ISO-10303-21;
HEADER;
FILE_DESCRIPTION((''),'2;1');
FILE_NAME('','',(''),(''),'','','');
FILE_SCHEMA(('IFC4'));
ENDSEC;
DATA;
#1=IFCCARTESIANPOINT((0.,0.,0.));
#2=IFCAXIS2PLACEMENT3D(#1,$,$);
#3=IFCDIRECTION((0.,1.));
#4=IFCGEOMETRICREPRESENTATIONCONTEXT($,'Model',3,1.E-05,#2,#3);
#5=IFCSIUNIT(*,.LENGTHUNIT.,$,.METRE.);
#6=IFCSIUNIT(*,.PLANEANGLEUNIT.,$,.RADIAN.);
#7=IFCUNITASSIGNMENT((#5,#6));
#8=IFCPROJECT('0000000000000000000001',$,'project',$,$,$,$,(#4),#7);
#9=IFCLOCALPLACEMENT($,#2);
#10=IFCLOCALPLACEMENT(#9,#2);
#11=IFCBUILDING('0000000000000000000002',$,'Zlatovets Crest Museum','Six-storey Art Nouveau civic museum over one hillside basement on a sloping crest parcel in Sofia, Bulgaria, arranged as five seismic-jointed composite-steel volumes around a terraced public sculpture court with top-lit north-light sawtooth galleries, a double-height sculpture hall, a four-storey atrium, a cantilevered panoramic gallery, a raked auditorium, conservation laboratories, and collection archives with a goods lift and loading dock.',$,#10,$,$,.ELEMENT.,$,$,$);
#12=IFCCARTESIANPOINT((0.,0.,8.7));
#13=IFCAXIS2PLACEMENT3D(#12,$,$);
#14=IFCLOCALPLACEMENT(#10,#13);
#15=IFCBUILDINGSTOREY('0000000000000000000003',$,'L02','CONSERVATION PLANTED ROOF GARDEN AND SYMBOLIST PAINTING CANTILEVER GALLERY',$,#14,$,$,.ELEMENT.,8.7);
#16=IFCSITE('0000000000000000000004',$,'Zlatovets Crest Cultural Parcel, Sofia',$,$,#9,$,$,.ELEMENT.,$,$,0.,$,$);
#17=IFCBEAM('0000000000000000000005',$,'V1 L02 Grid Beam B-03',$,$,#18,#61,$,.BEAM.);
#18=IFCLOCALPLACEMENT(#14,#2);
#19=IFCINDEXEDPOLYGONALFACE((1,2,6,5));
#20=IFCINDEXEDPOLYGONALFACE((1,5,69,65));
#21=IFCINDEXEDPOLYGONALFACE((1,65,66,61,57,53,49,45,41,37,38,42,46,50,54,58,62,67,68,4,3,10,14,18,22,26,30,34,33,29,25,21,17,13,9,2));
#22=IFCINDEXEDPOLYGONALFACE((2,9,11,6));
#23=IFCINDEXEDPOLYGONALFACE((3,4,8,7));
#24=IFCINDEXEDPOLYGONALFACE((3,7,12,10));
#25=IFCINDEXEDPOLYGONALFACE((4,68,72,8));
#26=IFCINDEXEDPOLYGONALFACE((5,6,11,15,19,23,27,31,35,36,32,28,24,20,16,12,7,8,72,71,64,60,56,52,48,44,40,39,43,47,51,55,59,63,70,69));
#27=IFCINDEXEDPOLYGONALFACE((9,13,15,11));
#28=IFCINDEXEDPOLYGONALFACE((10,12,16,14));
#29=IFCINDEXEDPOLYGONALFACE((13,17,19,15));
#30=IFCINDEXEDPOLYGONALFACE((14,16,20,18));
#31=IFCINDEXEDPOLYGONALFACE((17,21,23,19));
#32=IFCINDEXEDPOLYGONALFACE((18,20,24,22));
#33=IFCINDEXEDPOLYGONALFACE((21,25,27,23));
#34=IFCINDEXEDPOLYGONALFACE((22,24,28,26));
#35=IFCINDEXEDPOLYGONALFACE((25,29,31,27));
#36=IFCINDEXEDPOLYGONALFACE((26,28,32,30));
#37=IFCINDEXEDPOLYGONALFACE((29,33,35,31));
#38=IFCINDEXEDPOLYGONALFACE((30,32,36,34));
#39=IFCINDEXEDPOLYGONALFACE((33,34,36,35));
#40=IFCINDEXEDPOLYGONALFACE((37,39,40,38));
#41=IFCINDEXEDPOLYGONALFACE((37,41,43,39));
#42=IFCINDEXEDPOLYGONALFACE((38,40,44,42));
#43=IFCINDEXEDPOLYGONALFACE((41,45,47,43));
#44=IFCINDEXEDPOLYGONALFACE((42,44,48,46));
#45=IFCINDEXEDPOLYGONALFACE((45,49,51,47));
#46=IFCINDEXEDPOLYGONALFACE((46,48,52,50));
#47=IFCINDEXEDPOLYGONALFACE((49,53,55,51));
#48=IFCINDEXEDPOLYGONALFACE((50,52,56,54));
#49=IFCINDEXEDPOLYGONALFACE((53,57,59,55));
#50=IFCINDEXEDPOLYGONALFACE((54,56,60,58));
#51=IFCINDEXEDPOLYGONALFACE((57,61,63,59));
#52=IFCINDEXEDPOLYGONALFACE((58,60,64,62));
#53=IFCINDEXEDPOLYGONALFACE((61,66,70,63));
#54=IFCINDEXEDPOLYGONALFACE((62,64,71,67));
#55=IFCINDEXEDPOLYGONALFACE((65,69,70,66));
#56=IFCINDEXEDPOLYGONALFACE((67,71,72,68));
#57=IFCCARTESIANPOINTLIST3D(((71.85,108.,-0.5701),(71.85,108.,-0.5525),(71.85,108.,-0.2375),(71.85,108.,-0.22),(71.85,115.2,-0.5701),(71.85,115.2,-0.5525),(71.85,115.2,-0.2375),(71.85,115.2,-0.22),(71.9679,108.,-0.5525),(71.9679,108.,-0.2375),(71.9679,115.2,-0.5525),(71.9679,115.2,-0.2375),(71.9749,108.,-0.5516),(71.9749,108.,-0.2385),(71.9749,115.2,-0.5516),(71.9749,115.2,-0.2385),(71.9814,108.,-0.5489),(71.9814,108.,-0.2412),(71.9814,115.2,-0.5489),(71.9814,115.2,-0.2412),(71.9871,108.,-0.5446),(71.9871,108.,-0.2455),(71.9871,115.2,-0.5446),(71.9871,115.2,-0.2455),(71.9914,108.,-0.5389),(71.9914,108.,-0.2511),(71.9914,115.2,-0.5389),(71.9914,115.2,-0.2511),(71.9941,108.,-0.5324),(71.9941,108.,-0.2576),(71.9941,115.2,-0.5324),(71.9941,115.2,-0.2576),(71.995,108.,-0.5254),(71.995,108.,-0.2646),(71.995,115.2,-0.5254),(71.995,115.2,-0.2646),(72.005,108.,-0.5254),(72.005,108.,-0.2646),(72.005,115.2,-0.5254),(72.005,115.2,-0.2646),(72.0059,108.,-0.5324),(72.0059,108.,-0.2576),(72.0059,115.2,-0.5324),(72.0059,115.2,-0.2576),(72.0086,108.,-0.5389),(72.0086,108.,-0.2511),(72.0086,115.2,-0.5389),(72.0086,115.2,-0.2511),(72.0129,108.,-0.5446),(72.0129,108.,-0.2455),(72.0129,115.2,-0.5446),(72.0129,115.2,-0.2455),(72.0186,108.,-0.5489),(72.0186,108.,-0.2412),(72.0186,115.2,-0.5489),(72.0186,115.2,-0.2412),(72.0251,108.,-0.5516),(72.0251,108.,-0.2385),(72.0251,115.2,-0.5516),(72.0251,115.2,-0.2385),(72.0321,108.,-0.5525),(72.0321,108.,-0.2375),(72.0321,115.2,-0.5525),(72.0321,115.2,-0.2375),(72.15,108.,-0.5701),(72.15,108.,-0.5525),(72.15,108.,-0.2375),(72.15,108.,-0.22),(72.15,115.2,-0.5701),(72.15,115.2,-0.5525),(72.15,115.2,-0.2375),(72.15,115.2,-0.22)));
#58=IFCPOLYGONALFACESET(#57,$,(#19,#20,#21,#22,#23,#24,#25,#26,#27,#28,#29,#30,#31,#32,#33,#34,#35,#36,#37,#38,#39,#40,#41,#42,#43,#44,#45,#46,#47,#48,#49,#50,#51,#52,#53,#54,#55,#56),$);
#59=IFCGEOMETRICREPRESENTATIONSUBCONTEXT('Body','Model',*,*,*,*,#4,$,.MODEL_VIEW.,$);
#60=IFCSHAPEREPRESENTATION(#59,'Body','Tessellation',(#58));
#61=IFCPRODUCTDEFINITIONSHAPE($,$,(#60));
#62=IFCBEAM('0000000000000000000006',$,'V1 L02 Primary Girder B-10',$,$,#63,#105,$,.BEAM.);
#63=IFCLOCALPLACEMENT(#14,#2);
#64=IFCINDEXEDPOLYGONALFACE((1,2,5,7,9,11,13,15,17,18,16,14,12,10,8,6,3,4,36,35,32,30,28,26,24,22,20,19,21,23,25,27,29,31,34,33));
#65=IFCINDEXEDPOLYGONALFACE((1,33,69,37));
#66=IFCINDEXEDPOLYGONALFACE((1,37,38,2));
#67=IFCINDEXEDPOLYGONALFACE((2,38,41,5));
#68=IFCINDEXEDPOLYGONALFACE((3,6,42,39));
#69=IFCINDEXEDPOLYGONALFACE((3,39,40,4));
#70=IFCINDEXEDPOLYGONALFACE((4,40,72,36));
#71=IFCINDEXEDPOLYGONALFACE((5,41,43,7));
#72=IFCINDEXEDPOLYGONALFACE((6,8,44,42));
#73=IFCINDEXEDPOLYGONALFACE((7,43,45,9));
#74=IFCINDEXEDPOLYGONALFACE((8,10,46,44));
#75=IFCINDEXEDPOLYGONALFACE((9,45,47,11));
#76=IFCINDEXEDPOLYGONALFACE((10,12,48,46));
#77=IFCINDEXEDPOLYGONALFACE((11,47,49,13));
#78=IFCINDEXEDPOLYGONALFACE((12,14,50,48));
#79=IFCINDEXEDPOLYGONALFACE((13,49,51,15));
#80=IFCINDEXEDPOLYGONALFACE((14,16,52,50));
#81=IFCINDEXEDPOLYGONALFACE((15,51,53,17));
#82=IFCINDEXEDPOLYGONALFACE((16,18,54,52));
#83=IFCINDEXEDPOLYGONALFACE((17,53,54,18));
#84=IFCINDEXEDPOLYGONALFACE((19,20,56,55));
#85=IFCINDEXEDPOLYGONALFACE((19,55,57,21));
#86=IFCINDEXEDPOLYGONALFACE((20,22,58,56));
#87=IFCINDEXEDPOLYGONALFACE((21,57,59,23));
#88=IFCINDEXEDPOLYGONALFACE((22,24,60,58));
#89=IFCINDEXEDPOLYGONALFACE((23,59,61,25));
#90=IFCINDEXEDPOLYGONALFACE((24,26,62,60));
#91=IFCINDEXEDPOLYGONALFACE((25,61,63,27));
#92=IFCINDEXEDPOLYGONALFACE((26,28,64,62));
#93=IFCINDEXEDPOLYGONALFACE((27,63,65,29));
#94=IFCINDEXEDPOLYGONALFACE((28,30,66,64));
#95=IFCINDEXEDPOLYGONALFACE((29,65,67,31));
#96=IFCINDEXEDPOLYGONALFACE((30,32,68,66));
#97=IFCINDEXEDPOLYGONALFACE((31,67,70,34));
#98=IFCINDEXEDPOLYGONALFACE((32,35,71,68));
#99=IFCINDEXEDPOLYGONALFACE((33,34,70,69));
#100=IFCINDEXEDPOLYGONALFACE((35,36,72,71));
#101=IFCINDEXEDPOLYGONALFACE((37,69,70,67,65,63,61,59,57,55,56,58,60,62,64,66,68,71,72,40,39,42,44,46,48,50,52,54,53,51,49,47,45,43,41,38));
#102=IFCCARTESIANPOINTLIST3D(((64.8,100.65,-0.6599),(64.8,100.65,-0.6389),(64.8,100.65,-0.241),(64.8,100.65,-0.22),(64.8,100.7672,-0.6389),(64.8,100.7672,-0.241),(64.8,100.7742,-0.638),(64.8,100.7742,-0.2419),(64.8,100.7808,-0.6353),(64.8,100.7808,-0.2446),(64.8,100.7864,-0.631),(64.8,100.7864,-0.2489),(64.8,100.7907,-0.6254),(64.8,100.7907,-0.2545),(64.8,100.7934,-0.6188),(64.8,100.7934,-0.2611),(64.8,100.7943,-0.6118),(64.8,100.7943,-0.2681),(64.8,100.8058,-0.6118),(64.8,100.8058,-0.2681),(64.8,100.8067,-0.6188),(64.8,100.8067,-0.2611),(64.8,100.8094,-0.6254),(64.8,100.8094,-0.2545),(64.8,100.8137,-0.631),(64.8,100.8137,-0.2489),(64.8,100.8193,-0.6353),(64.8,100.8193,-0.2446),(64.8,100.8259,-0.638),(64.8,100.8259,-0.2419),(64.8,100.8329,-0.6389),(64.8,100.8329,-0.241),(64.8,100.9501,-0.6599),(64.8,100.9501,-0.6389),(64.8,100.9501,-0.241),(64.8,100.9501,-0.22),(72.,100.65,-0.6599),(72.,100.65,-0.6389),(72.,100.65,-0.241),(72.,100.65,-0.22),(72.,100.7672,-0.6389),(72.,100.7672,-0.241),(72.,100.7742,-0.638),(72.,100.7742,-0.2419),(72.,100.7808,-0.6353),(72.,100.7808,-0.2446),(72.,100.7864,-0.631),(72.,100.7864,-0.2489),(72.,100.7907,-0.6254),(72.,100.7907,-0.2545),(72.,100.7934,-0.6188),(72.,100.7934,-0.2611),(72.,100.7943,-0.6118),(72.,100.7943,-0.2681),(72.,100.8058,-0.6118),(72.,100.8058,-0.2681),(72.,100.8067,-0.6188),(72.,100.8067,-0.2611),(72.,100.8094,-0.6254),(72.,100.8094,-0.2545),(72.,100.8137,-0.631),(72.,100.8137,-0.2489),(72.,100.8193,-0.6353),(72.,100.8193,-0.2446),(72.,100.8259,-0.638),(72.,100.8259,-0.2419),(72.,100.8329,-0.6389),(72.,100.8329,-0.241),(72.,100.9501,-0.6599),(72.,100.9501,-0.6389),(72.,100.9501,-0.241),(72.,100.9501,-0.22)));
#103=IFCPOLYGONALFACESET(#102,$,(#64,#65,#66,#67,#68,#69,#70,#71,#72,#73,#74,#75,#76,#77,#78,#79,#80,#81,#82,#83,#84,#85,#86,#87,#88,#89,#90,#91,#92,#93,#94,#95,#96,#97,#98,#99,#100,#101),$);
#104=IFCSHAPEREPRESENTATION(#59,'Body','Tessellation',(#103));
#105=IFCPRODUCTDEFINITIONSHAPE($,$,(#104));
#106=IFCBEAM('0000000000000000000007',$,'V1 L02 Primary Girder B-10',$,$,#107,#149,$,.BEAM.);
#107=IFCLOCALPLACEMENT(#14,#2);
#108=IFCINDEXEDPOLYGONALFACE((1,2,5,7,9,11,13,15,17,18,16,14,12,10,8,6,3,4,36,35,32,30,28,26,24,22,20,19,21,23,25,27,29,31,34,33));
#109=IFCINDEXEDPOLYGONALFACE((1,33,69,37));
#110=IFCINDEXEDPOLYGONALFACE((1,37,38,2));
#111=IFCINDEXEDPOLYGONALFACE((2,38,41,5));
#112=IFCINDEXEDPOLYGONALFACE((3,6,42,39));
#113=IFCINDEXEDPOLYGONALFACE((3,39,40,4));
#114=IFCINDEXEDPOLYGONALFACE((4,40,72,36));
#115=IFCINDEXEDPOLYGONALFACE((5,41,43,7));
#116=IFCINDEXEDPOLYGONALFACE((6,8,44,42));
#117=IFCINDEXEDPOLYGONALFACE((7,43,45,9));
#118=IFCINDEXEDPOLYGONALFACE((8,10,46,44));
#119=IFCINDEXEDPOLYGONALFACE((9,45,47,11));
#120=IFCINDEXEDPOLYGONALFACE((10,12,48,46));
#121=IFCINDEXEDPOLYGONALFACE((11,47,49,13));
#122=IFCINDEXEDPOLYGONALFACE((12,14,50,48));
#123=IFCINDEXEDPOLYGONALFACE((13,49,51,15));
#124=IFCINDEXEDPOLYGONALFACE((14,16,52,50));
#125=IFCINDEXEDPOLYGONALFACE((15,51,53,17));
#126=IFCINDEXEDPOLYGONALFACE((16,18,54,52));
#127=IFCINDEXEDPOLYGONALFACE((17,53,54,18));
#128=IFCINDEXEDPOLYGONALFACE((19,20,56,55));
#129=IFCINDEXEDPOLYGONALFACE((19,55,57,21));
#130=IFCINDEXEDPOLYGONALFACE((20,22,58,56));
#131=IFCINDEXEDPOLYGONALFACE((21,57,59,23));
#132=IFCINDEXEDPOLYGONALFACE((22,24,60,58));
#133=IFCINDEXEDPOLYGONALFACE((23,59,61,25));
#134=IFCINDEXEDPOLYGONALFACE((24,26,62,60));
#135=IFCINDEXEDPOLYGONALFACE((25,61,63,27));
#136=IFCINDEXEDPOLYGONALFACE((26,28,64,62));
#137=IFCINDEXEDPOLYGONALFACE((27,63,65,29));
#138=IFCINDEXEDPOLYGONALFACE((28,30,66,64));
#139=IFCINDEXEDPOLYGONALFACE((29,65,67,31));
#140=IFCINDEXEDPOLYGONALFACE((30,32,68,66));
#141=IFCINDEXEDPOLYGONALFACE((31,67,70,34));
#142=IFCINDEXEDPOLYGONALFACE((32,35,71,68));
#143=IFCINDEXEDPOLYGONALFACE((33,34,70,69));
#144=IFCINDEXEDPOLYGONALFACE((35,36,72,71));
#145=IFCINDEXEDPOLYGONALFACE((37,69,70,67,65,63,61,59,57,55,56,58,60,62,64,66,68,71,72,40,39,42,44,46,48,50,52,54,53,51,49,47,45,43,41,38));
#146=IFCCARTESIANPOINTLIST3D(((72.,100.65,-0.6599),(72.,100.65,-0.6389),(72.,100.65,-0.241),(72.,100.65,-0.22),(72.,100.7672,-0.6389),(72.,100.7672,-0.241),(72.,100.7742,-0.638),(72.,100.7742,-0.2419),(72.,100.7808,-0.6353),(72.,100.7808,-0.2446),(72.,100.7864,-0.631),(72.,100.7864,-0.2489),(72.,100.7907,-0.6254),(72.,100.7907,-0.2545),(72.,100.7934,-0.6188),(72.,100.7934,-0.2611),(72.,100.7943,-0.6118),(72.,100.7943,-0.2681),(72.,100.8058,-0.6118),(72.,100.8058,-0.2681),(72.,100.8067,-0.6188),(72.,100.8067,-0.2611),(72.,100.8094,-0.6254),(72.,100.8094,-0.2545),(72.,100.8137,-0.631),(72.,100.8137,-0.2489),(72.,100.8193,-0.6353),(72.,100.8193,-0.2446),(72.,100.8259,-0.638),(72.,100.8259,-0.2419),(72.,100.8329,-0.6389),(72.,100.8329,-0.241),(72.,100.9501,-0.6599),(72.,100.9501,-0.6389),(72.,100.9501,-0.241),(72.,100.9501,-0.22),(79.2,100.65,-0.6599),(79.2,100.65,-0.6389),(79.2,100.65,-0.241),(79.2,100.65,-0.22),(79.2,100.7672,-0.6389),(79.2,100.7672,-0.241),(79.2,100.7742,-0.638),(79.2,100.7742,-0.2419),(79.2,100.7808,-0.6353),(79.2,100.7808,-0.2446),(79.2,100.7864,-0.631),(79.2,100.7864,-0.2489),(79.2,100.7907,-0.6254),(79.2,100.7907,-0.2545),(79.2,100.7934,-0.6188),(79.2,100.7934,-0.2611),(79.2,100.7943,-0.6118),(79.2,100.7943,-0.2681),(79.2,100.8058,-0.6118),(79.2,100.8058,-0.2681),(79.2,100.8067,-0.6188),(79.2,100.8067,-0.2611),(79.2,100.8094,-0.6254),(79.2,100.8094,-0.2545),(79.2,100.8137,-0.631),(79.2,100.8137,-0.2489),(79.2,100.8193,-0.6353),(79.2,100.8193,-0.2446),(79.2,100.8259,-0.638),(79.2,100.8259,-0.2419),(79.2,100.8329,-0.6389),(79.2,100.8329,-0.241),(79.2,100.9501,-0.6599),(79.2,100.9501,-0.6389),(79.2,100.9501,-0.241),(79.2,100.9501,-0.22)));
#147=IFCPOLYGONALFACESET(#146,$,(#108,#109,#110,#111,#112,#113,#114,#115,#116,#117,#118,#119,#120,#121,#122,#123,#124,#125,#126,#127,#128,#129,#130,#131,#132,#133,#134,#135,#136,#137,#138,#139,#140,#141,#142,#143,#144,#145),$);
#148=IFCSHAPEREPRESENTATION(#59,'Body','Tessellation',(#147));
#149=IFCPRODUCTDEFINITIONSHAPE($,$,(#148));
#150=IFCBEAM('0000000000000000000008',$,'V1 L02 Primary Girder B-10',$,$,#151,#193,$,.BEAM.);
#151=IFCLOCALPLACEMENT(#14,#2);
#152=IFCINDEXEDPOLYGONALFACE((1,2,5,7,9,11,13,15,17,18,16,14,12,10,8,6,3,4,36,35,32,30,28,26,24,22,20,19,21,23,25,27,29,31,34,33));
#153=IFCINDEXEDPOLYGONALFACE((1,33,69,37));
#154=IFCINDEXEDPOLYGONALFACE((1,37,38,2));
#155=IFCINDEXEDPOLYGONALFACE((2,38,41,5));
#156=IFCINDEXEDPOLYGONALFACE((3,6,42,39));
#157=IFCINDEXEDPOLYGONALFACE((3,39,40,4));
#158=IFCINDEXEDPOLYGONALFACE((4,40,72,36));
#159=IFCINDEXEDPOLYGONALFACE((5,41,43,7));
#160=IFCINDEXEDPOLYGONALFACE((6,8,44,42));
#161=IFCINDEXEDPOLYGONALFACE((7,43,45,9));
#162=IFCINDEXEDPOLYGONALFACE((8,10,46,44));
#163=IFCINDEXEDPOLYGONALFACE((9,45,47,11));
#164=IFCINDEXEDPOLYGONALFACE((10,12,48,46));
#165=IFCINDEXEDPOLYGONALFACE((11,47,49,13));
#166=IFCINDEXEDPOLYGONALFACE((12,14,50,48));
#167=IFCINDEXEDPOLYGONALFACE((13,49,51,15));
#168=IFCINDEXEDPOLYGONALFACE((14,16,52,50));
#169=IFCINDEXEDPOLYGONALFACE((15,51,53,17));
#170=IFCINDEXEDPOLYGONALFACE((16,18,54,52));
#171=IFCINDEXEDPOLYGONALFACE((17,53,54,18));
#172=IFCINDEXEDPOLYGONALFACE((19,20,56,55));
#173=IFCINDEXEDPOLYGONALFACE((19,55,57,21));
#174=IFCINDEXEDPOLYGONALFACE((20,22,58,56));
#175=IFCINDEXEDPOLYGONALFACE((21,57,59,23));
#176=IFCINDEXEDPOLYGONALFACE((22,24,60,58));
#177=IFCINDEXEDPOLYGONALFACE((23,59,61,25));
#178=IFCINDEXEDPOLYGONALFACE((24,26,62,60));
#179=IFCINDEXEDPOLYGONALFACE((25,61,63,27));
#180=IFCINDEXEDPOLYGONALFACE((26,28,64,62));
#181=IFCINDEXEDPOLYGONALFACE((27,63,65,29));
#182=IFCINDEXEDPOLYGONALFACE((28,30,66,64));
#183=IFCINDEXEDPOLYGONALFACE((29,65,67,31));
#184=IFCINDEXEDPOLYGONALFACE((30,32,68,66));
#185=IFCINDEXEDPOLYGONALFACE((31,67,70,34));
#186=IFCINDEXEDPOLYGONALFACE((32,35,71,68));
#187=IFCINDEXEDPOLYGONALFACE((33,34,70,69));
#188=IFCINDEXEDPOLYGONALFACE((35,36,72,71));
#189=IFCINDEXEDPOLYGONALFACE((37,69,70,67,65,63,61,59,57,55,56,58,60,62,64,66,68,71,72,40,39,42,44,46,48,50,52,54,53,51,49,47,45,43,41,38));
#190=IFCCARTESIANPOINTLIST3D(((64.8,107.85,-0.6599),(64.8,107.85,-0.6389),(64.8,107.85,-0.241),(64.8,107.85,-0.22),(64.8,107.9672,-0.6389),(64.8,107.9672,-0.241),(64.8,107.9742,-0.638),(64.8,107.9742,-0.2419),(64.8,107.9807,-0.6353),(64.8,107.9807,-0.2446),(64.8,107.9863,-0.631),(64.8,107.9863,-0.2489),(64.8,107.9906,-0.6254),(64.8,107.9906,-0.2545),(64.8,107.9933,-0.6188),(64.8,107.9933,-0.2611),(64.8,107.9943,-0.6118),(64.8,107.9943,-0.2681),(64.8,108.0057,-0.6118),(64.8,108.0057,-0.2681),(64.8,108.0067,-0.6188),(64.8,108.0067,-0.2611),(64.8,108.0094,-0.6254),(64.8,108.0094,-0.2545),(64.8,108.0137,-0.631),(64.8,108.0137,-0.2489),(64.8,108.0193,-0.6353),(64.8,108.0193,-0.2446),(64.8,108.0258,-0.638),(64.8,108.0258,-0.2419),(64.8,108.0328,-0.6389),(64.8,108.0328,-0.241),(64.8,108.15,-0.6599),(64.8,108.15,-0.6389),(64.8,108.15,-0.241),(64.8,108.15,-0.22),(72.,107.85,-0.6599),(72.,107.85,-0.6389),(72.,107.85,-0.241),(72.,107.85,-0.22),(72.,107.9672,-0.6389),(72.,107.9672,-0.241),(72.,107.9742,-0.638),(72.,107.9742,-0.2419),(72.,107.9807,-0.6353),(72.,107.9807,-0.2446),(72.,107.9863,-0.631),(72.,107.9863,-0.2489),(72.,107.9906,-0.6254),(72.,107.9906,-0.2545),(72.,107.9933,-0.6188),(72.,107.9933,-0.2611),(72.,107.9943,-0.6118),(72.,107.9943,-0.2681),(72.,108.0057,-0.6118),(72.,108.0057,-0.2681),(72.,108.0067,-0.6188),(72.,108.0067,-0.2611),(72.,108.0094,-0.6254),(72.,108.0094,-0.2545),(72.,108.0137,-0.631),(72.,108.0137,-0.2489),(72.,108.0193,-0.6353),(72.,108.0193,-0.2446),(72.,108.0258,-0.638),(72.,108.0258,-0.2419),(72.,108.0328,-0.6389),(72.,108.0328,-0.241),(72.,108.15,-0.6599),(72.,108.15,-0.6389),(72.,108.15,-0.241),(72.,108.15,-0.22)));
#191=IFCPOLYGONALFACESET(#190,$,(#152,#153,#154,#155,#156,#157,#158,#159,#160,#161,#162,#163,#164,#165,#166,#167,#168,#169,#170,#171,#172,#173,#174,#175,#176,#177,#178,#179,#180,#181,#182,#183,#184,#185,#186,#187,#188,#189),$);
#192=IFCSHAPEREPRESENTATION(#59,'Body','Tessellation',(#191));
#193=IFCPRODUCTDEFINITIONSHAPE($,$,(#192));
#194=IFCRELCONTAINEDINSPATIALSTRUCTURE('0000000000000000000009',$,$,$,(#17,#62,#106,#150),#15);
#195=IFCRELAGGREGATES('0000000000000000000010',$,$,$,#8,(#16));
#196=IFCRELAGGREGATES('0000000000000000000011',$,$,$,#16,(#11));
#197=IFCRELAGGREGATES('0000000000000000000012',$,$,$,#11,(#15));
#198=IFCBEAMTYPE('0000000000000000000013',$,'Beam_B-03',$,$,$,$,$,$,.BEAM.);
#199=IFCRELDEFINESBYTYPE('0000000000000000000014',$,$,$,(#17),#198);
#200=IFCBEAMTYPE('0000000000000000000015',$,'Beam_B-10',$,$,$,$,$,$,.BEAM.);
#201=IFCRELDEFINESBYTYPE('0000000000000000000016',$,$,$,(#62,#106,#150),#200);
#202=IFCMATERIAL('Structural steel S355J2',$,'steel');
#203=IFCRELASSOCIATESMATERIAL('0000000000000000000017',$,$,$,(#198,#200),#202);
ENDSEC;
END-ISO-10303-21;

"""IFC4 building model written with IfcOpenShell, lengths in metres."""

from ifc_helpers import new_model, si_unit, direction, frame, origin, origin_2d, place, context, subcontext, project, spatial, i_section, extrude, material, material_profile, profile_set, type_object, element, save


model = new_model("IFC4")

# Units and contexts
model_context = context("Model", 3, precision=1e-05, world=origin(), true_north=direction((0.0, 1.0)))
body_context = subcontext(model_context, "Body", "Model", "MODEL_VIEW")
ifc_project = project(units=[si_unit("LENGTHUNIT", "METRE"), si_unit("PLANEANGLEUNIT", "RADIAN")], contexts=[model_context])

# Site, building, storey
site_placement = place(None, origin())
site = spatial("IfcSite", under=ifc_project, at=site_placement, Name="Zlatovets Crest Cultural Parcel, Sofia", CompositionType="ELEMENT", RefElevation=0.0)
building_placement = place(site_placement, origin())
building = spatial("IfcBuilding", under=site, at=building_placement, Name="Zlatovets Crest Museum", Description="Six-storey Art Nouveau civic museum over one hillside basement on a sloping crest parcel in Sofia, Bulgaria, arranged as five seismic-jointed composite-steel volumes around a terraced public sculpture court with top-lit north-light sawtooth galleries, a double-height sculpture hall, a four-storey atrium, a cantilevered panoramic gallery, a raked auditorium, conservation laboratories, and collection archives with a goods lift and loading dock.", CompositionType="ELEMENT")
storey_placement = place(building_placement, frame((0.0, 0.0, 8.7)))
storey = spatial("IfcBuildingStorey", under=building, at=storey_placement, Name="L02", Description="CONSERVATION PLANTED ROOF GARDEN AND SYMBOLIST PAINTING CANTILEVER GALLERY", CompositionType="ELEMENT", Elevation=8.7)

# Shared definitions
ifc_material_1 = material(Name="Structural steel S355J2", Category="steel")

# Beams
ifc_material_profile_1 = material_profile(ifc_material_1, i_section(OverallWidth=0.3, OverallDepth=0.3501, WebThickness=0.01, FlangeThickness=0.0176, FilletRadius=0.0271, at=origin_2d()), Name="HEA 360")
ifc_profile_set_1 = profile_set([ifc_material_profile_1], Name="Structural steel S355J2")
beam_type_1 = type_object("IfcBeamType", Name="Beam_B-03", PredefinedType="BEAM", material=ifc_profile_set_1)
for number, where, z_axis, x_axis, name in (
    (1, (72.0, 108.0, -0.395), (0.0, 1.0, 0.0), (-1.0, 0.0, 0.0), "V1 L02 Grid Beam B-03"),
):
    element("IfcBeam", number, at=place(storey_placement, frame(where, z_axis=z_axis, x_axis=x_axis)), inside=storey, type_object=beam_type_1, Name=name, PredefinedType="BEAM", context=body_context, shape_type="SweptSolid", body=[
        extrude(i_section(OverallWidth=0.3, OverallDepth=0.3501, WebThickness=0.01, FlangeThickness=0.0176, FilletRadius=0.0271, at=origin_2d()), origin(), (0.0, 0.0, 1.0), 7.2),
    ])
ifc_material_profile_2 = material_profile(ifc_material_1, i_section(OverallWidth=0.3, OverallDepth=0.4399, WebThickness=0.0115, FlangeThickness=0.021, FilletRadius=0.0271, at=origin_2d()), Name="HEA 450")
ifc_profile_set_2 = profile_set([ifc_material_profile_2], Name="Structural steel S355J2")
beam_type_2 = type_object("IfcBeamType", Name="Beam_B-10", PredefinedType="BEAM", material=ifc_profile_set_2)
for number, where, z_axis, x_axis, name in (
    (2, (64.8, 100.8, -0.4399), (1.0, 0.0, 0.0), (0.0, 1.0, 0.0), "V1 L02 Primary Girder B-10"),
    (3, (72.0, 100.8, -0.4399), (1.0, 0.0, 0.0), (0.0, 1.0, 0.0), "V1 L02 Primary Girder B-10"),
    (4, (64.8, 108.0, -0.4399), (1.0, 0.0, 0.0), (0.0, 1.0, 0.0), "V1 L02 Primary Girder B-10"),
):
    element("IfcBeam", number, at=place(storey_placement, frame(where, z_axis=z_axis, x_axis=x_axis)), inside=storey, type_object=beam_type_2, Name=name, PredefinedType="BEAM", context=body_context, shape_type="SweptSolid", body=[
        extrude(i_section(OverallWidth=0.3, OverallDepth=0.4399, WebThickness=0.0115, FlangeThickness=0.021, FilletRadius=0.0271, at=origin_2d()), origin(), (0.0, 0.0, 1.0), 7.2),
    ])

save(model, "model.ifc")
